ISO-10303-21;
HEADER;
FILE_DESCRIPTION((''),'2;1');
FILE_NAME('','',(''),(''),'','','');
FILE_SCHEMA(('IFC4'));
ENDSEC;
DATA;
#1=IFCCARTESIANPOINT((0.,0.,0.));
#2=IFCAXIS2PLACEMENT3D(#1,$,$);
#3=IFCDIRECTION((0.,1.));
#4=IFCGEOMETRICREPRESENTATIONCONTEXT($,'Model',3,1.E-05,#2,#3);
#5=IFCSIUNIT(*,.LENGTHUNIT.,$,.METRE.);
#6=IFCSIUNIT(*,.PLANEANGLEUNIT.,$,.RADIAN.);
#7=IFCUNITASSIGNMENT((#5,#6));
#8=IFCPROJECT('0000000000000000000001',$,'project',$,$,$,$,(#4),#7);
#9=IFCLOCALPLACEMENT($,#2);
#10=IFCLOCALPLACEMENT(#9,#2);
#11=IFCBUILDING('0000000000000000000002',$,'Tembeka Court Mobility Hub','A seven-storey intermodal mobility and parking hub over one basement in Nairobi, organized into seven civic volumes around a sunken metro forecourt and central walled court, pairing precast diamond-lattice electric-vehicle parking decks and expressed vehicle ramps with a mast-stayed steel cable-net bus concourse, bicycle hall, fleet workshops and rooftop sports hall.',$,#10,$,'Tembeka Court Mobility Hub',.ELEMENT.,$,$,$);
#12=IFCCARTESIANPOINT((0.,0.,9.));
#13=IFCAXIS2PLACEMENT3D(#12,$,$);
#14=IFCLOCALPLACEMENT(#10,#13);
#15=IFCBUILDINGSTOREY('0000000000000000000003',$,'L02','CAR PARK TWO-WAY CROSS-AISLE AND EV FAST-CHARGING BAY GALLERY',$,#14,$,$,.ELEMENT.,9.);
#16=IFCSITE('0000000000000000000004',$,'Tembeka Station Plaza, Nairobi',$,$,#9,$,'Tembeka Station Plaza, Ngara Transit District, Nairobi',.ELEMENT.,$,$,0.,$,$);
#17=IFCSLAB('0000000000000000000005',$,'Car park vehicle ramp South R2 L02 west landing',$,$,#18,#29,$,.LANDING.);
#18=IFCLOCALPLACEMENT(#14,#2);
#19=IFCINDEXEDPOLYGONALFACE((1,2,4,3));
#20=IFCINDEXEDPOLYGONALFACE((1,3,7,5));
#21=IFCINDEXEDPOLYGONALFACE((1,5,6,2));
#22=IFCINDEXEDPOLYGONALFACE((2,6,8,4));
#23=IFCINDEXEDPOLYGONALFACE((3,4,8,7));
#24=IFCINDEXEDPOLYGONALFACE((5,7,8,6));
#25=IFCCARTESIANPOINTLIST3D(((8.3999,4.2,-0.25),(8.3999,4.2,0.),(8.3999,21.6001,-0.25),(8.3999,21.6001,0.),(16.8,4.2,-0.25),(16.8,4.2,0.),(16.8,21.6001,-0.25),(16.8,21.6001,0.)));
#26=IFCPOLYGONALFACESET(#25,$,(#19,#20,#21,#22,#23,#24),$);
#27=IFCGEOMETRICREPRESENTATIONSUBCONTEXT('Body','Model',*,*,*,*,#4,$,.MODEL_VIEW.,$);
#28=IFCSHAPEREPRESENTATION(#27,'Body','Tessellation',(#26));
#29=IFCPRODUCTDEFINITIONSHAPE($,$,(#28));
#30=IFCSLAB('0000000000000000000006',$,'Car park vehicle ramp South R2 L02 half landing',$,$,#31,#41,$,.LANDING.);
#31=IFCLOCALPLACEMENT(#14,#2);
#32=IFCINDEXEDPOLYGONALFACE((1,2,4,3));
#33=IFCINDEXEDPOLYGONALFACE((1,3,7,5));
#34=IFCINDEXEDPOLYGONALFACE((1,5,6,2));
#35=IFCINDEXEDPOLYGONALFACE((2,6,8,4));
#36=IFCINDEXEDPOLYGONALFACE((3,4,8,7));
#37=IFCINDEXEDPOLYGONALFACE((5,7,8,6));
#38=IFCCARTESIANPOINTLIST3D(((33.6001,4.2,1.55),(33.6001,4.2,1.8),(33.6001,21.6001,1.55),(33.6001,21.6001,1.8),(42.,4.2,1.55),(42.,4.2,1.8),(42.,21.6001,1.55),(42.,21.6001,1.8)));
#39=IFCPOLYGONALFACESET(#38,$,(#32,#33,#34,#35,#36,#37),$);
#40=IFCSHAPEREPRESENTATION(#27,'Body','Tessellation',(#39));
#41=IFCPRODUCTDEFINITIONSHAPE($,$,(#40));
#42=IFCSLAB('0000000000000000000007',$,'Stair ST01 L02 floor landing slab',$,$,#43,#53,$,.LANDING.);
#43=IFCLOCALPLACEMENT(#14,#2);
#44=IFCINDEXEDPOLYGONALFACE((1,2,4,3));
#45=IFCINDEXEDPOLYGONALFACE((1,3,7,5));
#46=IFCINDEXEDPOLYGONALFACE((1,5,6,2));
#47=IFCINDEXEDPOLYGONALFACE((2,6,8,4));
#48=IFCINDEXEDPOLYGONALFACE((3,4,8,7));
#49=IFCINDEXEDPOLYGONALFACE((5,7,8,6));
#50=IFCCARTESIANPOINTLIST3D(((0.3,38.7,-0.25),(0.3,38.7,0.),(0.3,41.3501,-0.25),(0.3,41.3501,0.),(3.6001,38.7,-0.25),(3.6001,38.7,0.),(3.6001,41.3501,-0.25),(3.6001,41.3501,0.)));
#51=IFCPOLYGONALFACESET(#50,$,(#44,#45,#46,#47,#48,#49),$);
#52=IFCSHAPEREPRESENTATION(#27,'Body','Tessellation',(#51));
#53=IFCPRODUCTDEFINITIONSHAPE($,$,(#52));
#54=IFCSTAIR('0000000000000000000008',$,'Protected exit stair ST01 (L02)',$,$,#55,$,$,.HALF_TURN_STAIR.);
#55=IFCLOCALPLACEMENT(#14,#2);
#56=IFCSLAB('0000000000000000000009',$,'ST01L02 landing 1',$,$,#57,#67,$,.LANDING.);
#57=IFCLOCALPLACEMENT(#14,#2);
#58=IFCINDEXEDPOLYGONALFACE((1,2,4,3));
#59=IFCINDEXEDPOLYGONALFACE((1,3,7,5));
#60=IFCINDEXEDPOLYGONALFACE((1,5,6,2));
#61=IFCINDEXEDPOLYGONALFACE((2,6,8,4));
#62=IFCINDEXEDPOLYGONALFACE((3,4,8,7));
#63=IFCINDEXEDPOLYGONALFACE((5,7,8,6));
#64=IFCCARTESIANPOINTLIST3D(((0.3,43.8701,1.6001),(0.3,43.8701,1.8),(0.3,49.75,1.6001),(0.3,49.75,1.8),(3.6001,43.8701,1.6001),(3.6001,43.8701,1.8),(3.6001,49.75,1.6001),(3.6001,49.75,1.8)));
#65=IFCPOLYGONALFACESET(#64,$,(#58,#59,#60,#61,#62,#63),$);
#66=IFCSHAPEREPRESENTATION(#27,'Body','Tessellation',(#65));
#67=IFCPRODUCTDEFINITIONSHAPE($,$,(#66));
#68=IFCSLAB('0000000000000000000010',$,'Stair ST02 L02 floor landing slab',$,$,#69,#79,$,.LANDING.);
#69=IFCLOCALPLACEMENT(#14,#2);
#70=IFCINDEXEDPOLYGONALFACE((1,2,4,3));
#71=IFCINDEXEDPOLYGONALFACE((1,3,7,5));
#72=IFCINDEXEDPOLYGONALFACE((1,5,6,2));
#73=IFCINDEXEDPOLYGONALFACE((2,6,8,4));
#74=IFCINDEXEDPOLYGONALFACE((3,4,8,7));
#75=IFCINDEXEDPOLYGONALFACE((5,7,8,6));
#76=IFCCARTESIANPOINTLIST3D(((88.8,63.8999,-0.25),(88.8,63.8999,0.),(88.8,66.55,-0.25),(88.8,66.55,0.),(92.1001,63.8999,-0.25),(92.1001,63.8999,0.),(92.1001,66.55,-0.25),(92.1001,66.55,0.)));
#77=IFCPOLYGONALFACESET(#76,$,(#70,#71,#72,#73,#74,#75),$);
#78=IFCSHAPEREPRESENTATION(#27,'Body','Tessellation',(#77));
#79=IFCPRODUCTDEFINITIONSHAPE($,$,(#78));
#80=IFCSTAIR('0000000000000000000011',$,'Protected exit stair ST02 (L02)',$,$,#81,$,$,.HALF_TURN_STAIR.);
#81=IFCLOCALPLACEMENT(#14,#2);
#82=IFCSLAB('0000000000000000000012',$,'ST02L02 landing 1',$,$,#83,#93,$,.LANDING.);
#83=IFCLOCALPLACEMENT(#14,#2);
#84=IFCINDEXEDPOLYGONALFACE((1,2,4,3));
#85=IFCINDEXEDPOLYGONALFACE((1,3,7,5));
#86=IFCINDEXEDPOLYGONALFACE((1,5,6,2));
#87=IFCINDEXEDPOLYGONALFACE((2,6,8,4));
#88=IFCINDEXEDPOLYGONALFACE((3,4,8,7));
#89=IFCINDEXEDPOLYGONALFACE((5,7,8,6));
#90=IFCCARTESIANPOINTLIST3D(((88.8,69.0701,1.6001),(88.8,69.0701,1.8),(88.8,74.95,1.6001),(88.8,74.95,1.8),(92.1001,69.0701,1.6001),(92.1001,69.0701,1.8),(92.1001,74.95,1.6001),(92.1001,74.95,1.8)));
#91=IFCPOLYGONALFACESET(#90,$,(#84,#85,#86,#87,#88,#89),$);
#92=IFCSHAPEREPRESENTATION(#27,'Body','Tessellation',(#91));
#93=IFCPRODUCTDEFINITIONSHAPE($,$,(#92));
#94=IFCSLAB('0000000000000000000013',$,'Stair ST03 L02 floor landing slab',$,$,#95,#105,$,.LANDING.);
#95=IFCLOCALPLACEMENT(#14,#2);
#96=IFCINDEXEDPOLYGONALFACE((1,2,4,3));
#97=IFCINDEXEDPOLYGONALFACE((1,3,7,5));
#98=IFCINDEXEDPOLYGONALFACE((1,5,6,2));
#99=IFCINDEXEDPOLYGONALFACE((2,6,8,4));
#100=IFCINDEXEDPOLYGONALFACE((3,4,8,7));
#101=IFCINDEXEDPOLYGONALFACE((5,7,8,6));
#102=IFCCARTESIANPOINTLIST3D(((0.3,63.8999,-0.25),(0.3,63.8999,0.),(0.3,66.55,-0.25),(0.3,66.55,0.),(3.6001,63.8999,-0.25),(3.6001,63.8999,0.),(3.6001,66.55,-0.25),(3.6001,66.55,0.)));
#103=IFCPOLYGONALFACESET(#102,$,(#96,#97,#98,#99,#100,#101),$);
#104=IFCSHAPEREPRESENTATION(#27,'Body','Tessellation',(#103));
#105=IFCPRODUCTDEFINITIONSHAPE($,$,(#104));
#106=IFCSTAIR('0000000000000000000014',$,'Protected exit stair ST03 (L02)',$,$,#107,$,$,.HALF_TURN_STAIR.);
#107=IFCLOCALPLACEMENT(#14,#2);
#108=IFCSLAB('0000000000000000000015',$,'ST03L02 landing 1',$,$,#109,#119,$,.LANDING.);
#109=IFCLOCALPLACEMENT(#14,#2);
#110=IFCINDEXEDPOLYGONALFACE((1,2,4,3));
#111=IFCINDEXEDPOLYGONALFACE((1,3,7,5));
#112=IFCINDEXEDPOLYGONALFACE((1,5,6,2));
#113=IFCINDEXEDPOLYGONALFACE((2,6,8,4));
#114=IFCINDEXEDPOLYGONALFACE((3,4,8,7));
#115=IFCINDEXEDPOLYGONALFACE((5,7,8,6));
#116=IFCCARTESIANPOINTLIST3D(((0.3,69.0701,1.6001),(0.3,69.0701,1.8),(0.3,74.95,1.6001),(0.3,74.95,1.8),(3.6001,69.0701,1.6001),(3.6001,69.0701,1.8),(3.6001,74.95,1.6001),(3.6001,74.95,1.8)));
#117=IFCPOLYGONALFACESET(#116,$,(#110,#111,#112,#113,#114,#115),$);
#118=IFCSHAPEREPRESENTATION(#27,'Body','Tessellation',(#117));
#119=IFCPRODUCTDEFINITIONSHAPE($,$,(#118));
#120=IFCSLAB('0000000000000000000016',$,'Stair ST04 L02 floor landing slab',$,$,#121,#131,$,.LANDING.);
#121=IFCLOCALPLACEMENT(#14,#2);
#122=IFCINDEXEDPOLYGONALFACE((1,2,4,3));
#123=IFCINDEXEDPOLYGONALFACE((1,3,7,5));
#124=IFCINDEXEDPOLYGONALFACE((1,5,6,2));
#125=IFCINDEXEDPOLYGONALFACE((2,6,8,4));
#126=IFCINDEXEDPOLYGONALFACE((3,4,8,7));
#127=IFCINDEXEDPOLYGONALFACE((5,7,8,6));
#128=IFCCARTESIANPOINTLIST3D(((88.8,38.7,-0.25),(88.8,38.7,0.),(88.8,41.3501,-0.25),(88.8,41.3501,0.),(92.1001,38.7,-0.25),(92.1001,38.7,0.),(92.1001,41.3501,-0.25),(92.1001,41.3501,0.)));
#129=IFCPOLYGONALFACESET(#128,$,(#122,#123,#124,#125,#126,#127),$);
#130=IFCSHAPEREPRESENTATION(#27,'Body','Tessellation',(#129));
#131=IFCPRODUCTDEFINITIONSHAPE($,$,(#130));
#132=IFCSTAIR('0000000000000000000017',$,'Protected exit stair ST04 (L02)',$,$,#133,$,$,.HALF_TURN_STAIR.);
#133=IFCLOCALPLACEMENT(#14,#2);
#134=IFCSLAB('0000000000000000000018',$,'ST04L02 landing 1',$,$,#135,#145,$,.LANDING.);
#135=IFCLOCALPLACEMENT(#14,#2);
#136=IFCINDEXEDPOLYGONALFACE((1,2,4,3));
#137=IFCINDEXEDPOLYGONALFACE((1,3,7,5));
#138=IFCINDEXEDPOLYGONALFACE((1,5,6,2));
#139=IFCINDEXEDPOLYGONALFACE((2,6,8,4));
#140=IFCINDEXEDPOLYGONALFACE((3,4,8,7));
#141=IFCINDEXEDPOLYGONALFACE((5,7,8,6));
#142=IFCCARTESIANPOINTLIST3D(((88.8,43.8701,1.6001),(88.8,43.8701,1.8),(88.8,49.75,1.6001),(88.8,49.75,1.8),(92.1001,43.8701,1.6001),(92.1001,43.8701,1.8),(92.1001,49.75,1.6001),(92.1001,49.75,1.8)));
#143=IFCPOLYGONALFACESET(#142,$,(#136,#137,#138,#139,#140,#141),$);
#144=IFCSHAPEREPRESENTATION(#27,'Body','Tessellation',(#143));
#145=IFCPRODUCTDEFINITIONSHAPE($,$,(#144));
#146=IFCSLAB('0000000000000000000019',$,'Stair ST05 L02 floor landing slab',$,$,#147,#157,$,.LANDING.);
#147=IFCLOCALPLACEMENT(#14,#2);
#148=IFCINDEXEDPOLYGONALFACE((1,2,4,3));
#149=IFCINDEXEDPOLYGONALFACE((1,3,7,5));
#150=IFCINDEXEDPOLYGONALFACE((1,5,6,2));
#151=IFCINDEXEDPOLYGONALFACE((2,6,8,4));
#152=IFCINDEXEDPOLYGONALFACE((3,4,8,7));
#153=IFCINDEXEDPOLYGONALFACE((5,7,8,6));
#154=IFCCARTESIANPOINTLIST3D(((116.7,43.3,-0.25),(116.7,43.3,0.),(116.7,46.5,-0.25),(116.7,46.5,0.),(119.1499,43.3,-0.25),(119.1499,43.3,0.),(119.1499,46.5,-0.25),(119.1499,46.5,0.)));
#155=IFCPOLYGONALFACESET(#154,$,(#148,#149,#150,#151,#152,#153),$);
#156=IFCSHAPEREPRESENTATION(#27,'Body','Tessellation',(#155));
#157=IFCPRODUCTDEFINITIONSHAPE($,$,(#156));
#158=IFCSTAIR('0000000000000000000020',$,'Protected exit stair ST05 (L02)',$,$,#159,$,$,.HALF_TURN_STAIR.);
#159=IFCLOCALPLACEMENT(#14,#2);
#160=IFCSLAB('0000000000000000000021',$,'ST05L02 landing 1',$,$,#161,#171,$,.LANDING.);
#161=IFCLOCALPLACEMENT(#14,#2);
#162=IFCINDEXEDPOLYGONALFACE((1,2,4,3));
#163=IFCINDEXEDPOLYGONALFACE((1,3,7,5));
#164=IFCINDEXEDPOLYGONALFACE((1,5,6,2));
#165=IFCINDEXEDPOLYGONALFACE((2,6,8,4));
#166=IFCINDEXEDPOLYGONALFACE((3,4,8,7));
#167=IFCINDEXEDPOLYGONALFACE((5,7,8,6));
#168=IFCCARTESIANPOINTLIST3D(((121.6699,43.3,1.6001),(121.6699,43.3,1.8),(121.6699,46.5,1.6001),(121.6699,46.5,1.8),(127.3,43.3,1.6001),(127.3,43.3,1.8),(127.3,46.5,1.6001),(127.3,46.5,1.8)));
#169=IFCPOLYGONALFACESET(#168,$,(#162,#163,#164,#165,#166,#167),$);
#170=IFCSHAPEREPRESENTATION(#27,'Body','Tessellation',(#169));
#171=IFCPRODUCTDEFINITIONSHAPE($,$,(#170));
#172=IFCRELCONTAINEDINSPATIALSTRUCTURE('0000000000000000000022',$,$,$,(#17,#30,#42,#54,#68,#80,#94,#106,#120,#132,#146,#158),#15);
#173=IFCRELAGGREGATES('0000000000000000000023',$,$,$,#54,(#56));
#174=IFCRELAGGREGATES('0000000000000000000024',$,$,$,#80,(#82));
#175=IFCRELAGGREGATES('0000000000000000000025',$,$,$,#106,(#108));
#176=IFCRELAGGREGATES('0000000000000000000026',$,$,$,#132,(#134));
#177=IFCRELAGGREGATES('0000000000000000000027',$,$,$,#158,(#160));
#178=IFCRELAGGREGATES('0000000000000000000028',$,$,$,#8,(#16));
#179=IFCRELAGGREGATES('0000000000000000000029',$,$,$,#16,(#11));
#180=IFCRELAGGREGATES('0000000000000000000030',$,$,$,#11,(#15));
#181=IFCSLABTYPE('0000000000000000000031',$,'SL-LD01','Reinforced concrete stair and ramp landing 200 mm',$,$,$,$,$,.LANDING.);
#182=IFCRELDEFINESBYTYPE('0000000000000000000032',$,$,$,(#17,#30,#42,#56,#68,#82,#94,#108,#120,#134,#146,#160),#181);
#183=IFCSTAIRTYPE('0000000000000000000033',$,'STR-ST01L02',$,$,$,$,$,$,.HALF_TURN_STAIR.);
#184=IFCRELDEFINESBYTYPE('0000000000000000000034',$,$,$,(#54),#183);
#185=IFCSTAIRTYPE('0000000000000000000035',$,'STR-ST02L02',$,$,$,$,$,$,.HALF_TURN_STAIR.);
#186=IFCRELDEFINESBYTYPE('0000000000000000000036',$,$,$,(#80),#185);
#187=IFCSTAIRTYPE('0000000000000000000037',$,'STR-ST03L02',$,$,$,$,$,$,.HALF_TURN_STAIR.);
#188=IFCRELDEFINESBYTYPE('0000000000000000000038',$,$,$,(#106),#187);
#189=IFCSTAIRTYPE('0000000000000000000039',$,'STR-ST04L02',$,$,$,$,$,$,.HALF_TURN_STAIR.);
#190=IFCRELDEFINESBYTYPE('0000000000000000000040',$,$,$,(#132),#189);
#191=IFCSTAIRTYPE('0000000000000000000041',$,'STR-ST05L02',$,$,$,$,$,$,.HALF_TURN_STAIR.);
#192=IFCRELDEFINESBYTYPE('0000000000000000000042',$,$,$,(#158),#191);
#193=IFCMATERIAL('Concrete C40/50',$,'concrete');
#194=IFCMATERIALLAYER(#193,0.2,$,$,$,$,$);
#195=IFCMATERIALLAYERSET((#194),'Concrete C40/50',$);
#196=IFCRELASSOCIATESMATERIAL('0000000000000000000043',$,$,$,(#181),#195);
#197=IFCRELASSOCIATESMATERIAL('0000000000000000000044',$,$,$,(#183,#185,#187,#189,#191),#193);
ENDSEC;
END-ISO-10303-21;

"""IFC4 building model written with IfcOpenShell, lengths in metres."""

from ifc_helpers import new_model, si_unit, direction, frame, origin, place, context, subcontext, project, spatial, polyline, outline, extrude, material, layer, layer_set, type_object, element, aggregate, save


model = new_model("IFC4")

# Units and contexts
model_context = context("Model", 3, precision=1e-05, world=origin(), true_north=direction((0.0, 1.0)))
body_context = subcontext(model_context, "Body", "Model", "MODEL_VIEW")
ifc_project = project(units=[si_unit("LENGTHUNIT", "METRE"), si_unit("PLANEANGLEUNIT", "RADIAN")], contexts=[model_context])

# Site, building, storey
site_placement = place(None, origin())
site = spatial("IfcSite", under=ifc_project, at=site_placement, Name="Tembeka Station Plaza, Nairobi", LongName="Tembeka Station Plaza, Ngara Transit District, Nairobi", CompositionType="ELEMENT", RefElevation=0.0)
building_placement = place(site_placement, origin())
building = spatial("IfcBuilding", under=site, at=building_placement, Name="Tembeka Court Mobility Hub", Description="A seven-storey intermodal mobility and parking hub over one basement in Nairobi, organized into seven civic volumes around a sunken metro forecourt and central walled court, pairing precast diamond-lattice electric-vehicle parking decks and expressed vehicle ramps with a mast-stayed steel cable-net bus concourse, bicycle hall, fleet workshops and rooftop sports hall.", LongName="Tembeka Court Mobility Hub", CompositionType="ELEMENT")
storey_placement = place(building_placement, frame((0.0, 0.0, 9.0)))
storey = spatial("IfcBuildingStorey", under=building, at=storey_placement, Name="L02", Description="CAR PARK TWO-WAY CROSS-AISLE AND EV FAST-CHARGING BAY GALLERY", CompositionType="ELEMENT", Elevation=9.0)

# Slabs
ifc_material_1 = material(Name="Concrete C40/50", Category="concrete")
ifc_layer_1 = layer(ifc_material_1, 0.2)
ifc_layer_set_1 = layer_set([ifc_layer_1], Name="Concrete C40/50")
slab_type_1 = type_object("IfcSlabType", Name="SL-LD01", Description="Reinforced concrete stair and ramp landing 200 mm", PredefinedType="LANDING", material=ifc_layer_set_1)
slab_1_placement = place(storey_placement, frame((0.0, 0.0, -0.25)))
element("IfcSlab", 1, at=slab_1_placement, inside=storey, type_object=slab_type_1, Name="Car park vehicle ramp South R2 L02 west landing", PredefinedType="LANDING", context=body_context, shape_type="SweptSolid", body=[
    extrude(outline(polyline([(8.3999, 4.2), (16.8, 4.2), (16.8, 21.6001), (8.3999, 21.6001), (8.3999, 4.2)])), origin(), (0.0, 0.0, 1.0), 0.25),
])
slab_2_placement = place(storey_placement, frame((0.0, 0.0, 1.55)))
element("IfcSlab", 2, at=slab_2_placement, inside=storey, type_object=slab_type_1, Name="Car park vehicle ramp South R2 L02 half landing", PredefinedType="LANDING", context=body_context, shape_type="SweptSolid", body=[
    extrude(outline(polyline([(33.6001, 4.2), (42.0, 4.2), (42.0, 21.6001), (33.6001, 21.6001), (33.6001, 4.2)])), origin(), (0.0, 0.0, 1.0), 0.25),
])
slab_3_placement = place(storey_placement, frame((0.0, 0.0, -0.25)))
element("IfcSlab", 3, at=slab_3_placement, inside=storey, type_object=slab_type_1, Name="Stair ST01 L02 floor landing slab", PredefinedType="LANDING", context=body_context, shape_type="SweptSolid", body=[
    extrude(outline(polyline([(0.3, 38.7), (3.6001, 38.7), (3.6001, 41.3501), (0.3, 41.3501), (0.3, 38.7)])), origin(), (0.0, 0.0, 1.0), 0.25),
])

# Stair, slab
stair_type_1 = type_object("IfcStairType", Name="STR-ST01L02", PredefinedType="HALF_TURN_STAIR", material=ifc_material_1)
stair_1_placement = place(storey_placement, origin())
stair_1 = element("IfcStair", 4, at=stair_1_placement, inside=storey, type_object=stair_type_1, Name="Protected exit stair ST01 (L02)", PredefinedType="HALF_TURN_STAIR")
slab_4_placement = place(storey_placement, frame((0.0, 0.0, 1.6001)))
slab_4 = element("IfcSlab", 5, at=slab_4_placement, type_object=slab_type_1, Name="ST01L02 landing 1", PredefinedType="LANDING", context=body_context, shape_type="SweptSolid", body=[
    extrude(outline(polyline([(3.6001, 43.8701), (3.6001, 49.75), (0.3, 49.75), (0.3, 43.8701), (3.6001, 43.8701)])), origin(), (0.0, 0.0, 1.0), 0.2),
])
aggregate(stair_1, [slab_4])

# Slab
slab_5_placement = place(storey_placement, frame((0.0, 0.0, -0.25)))
element("IfcSlab", 6, at=slab_5_placement, inside=storey, type_object=slab_type_1, Name="Stair ST02 L02 floor landing slab", PredefinedType="LANDING", context=body_context, shape_type="SweptSolid", body=[
    extrude(outline(polyline([(88.8, 63.8999), (92.1001, 63.8999), (92.1001, 66.55), (88.8, 66.55), (88.8, 63.8999)])), origin(), (0.0, 0.0, 1.0), 0.25),
])

# Stair, slab
stair_type_2 = type_object("IfcStairType", Name="STR-ST02L02", PredefinedType="HALF_TURN_STAIR", material=ifc_material_1)
stair_2_placement = place(storey_placement, origin())
stair_2 = element("IfcStair", 7, at=stair_2_placement, inside=storey, type_object=stair_type_2, Name="Protected exit stair ST02 (L02)", PredefinedType="HALF_TURN_STAIR")
slab_6_placement = place(storey_placement, frame((0.0, 0.0, 1.6001)))
slab_6 = element("IfcSlab", 8, at=slab_6_placement, type_object=slab_type_1, Name="ST02L02 landing 1", PredefinedType="LANDING", context=body_context, shape_type="SweptSolid", body=[
    extrude(outline(polyline([(92.1001, 69.0701), (92.1001, 74.95), (88.8, 74.95), (88.8, 69.0701), (92.1001, 69.0701)])), origin(), (0.0, 0.0, 1.0), 0.2),
])
aggregate(stair_2, [slab_6])

# Slab
slab_7_placement = place(storey_placement, frame((0.0, 0.0, -0.25)))
element("IfcSlab", 9, at=slab_7_placement, inside=storey, type_object=slab_type_1, Name="Stair ST03 L02 floor landing slab", PredefinedType="LANDING", context=body_context, shape_type="SweptSolid", body=[
    extrude(outline(polyline([(0.3, 63.8999), (3.6001, 63.8999), (3.6001, 66.55), (0.3, 66.55), (0.3, 63.8999)])), origin(), (0.0, 0.0, 1.0), 0.25),
])

# Stair, slab
stair_type_3 = type_object("IfcStairType", Name="STR-ST03L02", PredefinedType="HALF_TURN_STAIR", material=ifc_material_1)
stair_3_placement = place(storey_placement, origin())
stair_3 = element("IfcStair", 10, at=stair_3_placement, inside=storey, type_object=stair_type_3, Name="Protected exit stair ST03 (L02)", PredefinedType="HALF_TURN_STAIR")
slab_8_placement = place(storey_placement, frame((0.0, 0.0, 1.6001)))
slab_8 = element("IfcSlab", 11, at=slab_8_placement, type_object=slab_type_1, Name="ST03L02 landing 1", PredefinedType="LANDING", context=body_context, shape_type="SweptSolid", body=[
    extrude(outline(polyline([(3.6001, 69.0701), (3.6001, 74.95), (0.3, 74.95), (0.3, 69.0701), (3.6001, 69.0701)])), origin(), (0.0, 0.0, 1.0), 0.2),
])
aggregate(stair_3, [slab_8])

# Slab
slab_9_placement = place(storey_placement, frame((0.0, 0.0, -0.25)))
element("IfcSlab", 12, at=slab_9_placement, inside=storey, type_object=slab_type_1, Name="Stair ST04 L02 floor landing slab", PredefinedType="LANDING", context=body_context, shape_type="SweptSolid", body=[
    extrude(outline(polyline([(88.8, 38.7), (92.1001, 38.7), (92.1001, 41.3501), (88.8, 41.3501), (88.8, 38.7)])), origin(), (0.0, 0.0, 1.0), 0.25),
])

# Stair, slab
stair_type_4 = type_object("IfcStairType", Name="STR-ST04L02", PredefinedType="HALF_TURN_STAIR", material=ifc_material_1)
stair_4_placement = place(storey_placement, origin())
stair_4 = element("IfcStair", 13, at=stair_4_placement, inside=storey, type_object=stair_type_4, Name="Protected exit stair ST04 (L02)", PredefinedType="HALF_TURN_STAIR")
slab_10_placement = place(storey_placement, frame((0.0, 0.0, 1.6001)))
slab_10 = element("IfcSlab", 14, at=slab_10_placement, type_object=slab_type_1, Name="ST04L02 landing 1", PredefinedType="LANDING", context=body_context, shape_type="SweptSolid", body=[
    extrude(outline(polyline([(92.1001, 43.8701), (92.1001, 49.75), (88.8, 49.75), (88.8, 43.8701), (92.1001, 43.8701)])), origin(), (0.0, 0.0, 1.0), 0.2),
])
aggregate(stair_4, [slab_10])

# Slab
slab_11_placement = place(storey_placement, frame((0.0, 0.0, -0.25)))
element("IfcSlab", 15, at=slab_11_placement, inside=storey, type_object=slab_type_1, Name="Stair ST05 L02 floor landing slab", PredefinedType="LANDING", context=body_context, shape_type="SweptSolid", body=[
    extrude(outline(polyline([(116.7, 43.3), (119.1499, 43.3), (119.1499, 46.5), (116.7, 46.5), (116.7, 43.3)])), origin(), (0.0, 0.0, 1.0), 0.25),
])

# Stair, slab
stair_type_5 = type_object("IfcStairType", Name="STR-ST05L02", PredefinedType="HALF_TURN_STAIR", material=ifc_material_1)
stair_5_placement = place(storey_placement, origin())
stair_5 = element("IfcStair", 16, at=stair_5_placement, inside=storey, type_object=stair_type_5, Name="Protected exit stair ST05 (L02)", PredefinedType="HALF_TURN_STAIR")
slab_12_placement = place(storey_placement, frame((0.0, 0.0, 1.6001)))
slab_12 = element("IfcSlab", 17, at=slab_12_placement, type_object=slab_type_1, Name="ST05L02 landing 1", PredefinedType="LANDING", context=body_context, shape_type="SweptSolid", body=[
    extrude(outline(polyline([(121.6699, 43.3), (127.3, 43.3), (127.3, 46.5), (121.6699, 46.5), (121.6699, 43.3)])), origin(), (0.0, 0.0, 1.0), 0.2),
])
aggregate(stair_5, [slab_12])

save(model, "model.ifc")
